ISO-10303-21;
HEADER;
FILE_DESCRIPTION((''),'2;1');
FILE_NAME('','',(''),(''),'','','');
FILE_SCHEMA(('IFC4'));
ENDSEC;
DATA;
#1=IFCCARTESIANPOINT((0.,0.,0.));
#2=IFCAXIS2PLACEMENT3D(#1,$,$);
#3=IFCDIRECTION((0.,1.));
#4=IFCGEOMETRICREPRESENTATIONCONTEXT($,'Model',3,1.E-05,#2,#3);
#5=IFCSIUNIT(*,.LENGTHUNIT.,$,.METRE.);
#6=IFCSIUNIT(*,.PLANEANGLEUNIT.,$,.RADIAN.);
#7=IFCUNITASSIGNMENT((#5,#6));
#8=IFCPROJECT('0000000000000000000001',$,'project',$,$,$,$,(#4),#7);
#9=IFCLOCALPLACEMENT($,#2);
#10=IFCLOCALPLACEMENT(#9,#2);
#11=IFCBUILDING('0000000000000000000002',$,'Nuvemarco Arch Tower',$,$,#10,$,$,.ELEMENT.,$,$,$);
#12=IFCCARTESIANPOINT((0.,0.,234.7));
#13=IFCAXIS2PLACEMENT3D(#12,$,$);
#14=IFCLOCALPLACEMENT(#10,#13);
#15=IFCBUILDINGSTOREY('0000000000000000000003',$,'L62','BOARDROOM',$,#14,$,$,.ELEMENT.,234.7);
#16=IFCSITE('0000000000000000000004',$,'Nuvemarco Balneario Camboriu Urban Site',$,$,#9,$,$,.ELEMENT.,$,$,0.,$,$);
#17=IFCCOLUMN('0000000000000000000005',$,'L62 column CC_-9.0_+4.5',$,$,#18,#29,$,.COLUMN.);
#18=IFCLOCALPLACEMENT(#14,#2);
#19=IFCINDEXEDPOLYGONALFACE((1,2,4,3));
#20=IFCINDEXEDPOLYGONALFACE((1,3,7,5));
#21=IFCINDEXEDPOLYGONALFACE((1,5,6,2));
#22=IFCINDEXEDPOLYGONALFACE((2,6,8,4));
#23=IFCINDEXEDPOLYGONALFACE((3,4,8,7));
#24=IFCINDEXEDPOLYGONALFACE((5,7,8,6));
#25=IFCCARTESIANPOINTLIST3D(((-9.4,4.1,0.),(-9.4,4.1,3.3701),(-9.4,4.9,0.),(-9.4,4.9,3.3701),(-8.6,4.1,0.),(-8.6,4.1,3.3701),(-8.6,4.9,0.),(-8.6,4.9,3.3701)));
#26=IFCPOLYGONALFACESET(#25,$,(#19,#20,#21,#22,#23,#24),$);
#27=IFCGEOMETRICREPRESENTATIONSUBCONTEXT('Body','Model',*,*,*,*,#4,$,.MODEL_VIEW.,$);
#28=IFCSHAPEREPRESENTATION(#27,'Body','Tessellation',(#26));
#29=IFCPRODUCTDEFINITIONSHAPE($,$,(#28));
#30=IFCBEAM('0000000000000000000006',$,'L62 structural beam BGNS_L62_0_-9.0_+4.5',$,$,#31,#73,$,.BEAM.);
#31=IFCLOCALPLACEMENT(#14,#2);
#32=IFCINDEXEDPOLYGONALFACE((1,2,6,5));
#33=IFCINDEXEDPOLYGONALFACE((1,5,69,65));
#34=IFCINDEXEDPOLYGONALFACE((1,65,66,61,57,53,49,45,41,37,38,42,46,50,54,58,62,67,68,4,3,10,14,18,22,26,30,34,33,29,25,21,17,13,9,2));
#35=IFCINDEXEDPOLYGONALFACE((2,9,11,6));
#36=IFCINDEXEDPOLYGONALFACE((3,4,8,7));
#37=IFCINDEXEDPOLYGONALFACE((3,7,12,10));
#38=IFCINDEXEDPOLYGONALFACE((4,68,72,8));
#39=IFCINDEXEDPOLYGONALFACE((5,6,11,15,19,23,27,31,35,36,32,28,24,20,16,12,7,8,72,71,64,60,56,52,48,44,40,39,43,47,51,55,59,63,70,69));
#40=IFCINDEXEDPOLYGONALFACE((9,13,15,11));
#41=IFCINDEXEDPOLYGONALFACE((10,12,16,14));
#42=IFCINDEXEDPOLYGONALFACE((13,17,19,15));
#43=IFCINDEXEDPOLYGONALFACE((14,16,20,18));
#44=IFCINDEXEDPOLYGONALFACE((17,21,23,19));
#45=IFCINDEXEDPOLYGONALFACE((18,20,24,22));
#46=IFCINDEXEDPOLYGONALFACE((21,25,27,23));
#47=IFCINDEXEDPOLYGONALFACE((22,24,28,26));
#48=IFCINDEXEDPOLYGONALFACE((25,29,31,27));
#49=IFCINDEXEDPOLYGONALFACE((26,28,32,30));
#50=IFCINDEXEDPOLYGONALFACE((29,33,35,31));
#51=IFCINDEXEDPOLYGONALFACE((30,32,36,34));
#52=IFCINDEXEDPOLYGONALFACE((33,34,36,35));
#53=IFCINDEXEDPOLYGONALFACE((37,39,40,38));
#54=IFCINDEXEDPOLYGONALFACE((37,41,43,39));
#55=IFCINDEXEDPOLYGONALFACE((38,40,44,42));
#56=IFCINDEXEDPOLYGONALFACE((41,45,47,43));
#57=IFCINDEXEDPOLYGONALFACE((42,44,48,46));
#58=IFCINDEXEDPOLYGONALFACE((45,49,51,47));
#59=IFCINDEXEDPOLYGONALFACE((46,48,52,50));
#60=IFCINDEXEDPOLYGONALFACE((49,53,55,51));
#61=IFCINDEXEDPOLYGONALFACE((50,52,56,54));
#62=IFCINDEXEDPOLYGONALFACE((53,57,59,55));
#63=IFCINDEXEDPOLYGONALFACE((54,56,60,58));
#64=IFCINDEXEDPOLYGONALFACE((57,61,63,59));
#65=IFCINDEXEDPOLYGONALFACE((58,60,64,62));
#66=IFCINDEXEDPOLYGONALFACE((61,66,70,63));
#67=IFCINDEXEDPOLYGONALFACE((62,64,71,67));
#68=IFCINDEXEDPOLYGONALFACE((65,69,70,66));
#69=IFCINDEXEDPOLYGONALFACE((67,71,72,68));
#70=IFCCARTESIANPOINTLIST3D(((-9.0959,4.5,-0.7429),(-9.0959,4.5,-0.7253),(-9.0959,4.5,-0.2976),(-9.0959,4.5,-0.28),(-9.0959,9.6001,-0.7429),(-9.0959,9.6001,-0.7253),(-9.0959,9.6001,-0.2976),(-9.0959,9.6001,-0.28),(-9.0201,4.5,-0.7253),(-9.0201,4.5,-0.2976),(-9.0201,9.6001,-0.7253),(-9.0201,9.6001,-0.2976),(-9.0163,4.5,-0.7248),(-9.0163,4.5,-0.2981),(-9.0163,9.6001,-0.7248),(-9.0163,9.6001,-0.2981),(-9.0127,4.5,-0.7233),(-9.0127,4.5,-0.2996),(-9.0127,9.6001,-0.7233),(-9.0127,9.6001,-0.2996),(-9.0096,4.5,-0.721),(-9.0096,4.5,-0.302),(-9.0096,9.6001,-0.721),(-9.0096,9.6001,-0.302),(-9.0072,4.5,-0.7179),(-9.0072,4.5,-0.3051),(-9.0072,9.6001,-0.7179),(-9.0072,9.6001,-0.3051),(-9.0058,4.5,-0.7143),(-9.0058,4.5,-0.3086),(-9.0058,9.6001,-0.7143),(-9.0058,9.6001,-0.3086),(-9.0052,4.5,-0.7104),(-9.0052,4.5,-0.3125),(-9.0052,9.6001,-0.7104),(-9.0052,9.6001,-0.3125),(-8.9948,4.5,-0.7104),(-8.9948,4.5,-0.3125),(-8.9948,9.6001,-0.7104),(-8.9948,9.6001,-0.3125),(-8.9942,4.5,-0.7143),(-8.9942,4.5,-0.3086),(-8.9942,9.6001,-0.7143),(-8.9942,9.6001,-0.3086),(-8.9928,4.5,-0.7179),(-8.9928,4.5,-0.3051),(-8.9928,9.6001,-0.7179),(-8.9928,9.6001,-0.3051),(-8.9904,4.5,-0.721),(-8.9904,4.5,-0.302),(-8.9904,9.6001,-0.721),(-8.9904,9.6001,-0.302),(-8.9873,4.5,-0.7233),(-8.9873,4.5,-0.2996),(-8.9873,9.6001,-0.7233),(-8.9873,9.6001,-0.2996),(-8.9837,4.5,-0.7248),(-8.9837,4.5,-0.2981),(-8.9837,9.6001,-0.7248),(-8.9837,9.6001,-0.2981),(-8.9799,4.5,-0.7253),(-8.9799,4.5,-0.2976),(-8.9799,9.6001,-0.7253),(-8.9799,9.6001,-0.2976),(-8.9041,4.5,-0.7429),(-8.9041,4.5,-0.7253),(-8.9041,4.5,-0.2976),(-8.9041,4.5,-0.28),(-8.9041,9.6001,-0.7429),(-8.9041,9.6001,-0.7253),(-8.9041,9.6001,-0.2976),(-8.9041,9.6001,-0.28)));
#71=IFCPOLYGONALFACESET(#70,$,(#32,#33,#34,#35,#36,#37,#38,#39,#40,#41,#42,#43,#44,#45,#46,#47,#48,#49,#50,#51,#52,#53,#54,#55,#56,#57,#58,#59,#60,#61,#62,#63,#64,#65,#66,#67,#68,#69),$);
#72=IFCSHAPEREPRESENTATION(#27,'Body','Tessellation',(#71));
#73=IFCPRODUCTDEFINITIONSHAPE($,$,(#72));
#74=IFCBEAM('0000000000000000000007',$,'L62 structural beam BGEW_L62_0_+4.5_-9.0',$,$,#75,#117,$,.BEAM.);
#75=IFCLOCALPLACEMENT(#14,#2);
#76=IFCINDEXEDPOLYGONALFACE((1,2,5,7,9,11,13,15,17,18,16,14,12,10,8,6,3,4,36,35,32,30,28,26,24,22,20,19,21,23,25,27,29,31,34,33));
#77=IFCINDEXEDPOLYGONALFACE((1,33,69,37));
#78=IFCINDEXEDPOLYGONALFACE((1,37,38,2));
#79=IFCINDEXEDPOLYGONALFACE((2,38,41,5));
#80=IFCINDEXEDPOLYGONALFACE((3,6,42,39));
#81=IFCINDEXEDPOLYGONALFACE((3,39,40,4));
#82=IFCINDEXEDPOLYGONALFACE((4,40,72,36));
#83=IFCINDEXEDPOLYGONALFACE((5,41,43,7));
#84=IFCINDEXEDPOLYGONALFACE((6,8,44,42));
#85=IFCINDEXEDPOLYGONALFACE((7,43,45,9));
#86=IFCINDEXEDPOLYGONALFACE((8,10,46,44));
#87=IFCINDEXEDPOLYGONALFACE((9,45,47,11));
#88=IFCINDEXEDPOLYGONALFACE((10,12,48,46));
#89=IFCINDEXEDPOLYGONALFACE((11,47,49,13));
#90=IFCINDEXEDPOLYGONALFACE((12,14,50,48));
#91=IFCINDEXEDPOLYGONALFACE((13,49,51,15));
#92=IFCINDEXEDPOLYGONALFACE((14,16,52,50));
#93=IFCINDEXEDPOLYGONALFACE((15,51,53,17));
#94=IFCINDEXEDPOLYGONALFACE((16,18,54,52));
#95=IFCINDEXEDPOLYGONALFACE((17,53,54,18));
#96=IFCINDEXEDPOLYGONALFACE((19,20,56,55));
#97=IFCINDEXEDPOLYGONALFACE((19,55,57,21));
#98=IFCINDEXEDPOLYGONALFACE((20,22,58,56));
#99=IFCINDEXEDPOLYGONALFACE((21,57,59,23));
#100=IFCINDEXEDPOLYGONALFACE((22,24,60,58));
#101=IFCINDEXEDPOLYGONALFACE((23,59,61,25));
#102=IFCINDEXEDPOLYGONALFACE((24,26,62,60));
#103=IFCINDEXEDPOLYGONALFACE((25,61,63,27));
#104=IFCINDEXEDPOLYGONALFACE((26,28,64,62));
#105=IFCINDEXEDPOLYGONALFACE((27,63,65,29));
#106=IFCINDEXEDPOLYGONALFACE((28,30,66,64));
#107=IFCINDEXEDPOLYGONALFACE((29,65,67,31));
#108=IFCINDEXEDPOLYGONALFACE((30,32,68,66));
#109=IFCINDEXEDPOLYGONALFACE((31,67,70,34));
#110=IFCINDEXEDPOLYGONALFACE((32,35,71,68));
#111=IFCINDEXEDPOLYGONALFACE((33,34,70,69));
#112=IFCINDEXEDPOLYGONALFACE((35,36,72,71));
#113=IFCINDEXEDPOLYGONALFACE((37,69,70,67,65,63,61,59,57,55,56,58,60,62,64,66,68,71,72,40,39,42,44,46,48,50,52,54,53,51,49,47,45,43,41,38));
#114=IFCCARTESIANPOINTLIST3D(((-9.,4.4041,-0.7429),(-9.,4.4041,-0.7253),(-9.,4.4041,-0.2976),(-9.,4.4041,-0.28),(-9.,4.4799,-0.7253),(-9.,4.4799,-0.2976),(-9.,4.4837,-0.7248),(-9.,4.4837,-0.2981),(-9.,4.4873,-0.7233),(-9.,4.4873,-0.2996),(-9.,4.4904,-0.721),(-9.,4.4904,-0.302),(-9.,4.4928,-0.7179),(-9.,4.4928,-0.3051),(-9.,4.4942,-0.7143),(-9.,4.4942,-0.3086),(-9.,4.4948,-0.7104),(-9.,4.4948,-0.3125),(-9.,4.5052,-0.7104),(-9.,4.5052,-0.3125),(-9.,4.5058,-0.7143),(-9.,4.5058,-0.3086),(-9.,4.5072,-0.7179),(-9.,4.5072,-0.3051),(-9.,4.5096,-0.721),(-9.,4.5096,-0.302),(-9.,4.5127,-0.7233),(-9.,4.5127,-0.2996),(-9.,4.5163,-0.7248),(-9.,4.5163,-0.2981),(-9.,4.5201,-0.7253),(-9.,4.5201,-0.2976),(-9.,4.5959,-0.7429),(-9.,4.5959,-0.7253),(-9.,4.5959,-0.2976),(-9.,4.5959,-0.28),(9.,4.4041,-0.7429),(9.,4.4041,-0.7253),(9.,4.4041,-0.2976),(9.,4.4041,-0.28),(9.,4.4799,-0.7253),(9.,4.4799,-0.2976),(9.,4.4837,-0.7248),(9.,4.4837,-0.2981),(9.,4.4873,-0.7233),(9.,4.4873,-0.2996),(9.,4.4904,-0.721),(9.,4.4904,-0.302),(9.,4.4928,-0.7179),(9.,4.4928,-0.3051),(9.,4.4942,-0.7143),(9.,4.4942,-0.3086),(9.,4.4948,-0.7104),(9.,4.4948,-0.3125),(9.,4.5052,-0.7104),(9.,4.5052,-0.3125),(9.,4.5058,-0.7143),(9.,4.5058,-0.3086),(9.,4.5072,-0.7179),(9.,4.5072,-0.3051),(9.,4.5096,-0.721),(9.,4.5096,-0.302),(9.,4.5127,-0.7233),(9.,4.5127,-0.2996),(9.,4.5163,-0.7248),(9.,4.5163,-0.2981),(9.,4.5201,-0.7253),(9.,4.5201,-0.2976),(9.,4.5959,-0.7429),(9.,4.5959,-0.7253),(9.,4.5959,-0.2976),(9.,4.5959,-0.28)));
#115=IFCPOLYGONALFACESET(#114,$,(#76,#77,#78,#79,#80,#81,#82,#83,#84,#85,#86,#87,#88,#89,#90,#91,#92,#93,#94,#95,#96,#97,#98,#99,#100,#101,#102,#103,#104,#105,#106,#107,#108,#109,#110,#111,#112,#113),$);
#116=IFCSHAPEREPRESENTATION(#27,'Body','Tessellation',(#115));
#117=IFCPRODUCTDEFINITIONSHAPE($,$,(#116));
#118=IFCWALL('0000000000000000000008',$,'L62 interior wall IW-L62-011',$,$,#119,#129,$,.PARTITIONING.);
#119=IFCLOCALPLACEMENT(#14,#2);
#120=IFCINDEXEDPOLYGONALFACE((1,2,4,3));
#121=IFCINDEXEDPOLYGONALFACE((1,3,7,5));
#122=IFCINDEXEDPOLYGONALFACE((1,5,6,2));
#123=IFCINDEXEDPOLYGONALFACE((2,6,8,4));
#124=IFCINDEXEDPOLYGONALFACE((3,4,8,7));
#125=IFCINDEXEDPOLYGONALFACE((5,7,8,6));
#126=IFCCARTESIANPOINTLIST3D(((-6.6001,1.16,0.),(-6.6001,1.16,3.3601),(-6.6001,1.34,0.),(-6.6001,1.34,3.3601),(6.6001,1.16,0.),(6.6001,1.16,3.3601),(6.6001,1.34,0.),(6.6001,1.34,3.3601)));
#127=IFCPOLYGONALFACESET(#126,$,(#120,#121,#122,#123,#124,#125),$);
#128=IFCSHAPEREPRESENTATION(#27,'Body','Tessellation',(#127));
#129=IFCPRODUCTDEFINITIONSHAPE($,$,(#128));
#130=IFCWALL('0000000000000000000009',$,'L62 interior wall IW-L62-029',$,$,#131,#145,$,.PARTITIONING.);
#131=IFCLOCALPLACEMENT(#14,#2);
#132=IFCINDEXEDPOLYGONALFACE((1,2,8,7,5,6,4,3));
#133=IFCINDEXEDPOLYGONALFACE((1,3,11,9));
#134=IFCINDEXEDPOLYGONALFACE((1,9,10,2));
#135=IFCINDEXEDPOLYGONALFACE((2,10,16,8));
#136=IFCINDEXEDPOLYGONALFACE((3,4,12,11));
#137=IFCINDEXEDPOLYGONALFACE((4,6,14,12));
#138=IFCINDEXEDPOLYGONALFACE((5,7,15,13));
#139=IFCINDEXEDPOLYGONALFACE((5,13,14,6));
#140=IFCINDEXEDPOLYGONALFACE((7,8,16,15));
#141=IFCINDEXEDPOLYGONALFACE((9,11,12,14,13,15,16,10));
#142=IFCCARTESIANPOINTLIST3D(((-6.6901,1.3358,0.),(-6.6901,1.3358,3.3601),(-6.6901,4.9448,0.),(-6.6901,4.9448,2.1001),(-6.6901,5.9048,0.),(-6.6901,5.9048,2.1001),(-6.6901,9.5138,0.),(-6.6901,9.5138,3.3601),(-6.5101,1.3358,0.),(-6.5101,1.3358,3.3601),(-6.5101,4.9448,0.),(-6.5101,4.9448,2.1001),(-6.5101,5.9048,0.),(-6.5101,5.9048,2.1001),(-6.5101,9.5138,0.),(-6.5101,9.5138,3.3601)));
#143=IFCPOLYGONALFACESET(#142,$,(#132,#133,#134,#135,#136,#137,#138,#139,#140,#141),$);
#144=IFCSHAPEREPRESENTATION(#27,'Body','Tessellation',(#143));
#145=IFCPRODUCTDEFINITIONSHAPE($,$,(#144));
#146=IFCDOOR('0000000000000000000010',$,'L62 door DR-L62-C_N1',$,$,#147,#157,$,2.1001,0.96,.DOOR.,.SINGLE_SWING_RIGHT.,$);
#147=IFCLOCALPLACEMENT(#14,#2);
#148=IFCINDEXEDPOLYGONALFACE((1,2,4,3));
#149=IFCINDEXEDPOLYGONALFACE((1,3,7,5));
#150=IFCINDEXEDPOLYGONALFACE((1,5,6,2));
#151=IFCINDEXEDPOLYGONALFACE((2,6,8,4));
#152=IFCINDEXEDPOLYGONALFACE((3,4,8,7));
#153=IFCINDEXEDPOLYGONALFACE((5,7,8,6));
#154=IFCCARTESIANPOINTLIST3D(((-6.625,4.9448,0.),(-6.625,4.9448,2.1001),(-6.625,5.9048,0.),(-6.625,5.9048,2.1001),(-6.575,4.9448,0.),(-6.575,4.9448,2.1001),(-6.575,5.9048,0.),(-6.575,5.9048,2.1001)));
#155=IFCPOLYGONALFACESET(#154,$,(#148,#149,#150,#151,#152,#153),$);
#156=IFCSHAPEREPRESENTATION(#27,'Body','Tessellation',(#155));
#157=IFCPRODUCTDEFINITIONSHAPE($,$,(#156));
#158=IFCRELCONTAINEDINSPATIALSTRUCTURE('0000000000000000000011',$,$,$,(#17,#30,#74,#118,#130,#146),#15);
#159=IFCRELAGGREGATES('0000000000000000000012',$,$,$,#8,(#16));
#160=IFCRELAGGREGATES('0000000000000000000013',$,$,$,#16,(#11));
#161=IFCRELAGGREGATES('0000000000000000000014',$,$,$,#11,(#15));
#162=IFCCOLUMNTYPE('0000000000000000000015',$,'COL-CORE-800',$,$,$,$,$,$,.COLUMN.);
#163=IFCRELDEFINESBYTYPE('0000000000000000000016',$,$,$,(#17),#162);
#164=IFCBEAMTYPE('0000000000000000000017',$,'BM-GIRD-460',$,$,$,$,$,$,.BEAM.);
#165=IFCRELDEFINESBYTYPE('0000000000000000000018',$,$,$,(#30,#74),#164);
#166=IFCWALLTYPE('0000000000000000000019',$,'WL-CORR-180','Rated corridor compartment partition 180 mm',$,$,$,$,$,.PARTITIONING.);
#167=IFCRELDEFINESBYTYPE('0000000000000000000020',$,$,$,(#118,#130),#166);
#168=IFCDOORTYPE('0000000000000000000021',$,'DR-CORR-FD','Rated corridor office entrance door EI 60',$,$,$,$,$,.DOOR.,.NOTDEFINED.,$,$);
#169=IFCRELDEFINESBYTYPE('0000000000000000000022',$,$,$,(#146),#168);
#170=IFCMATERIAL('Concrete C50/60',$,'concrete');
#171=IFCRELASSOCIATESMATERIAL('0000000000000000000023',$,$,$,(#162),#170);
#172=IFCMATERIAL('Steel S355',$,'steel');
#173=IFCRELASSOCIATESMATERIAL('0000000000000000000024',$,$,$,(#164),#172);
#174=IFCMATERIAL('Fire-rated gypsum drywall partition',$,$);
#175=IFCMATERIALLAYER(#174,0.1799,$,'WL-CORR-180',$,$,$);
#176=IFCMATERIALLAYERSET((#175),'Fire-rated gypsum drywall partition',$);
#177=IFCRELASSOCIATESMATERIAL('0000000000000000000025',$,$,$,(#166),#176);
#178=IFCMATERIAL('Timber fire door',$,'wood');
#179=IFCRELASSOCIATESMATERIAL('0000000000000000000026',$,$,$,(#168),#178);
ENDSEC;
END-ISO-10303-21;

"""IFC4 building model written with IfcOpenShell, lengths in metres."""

from ifc_helpers import new_model, si_unit, direction, frame, frame_2d, origin, origin_2d, place, context, subcontext, project, spatial, rectangle, i_section, extrude, source, transform, mapped, material, layer, layer_set, material_profile, profile_set, type_object, type_shapes, element, fill, save


model = new_model("IFC4")

# Units and contexts
model_context = context("Model", 3, precision=1e-05, world=origin(), true_north=direction((0.0, 1.0)))
body_context = subcontext(model_context, "Body", "Model", "MODEL_VIEW")
ifc_project = project(units=[si_unit("LENGTHUNIT", "METRE"), si_unit("PLANEANGLEUNIT", "RADIAN")], contexts=[model_context])

# Site, building, storey
site_placement = place(None, origin())
site = spatial("IfcSite", under=ifc_project, at=site_placement, Name="Nuvemarco Balneario Camboriu Urban Site", CompositionType="ELEMENT", RefElevation=0.0)
building_placement = place(site_placement, origin())
building = spatial("IfcBuilding", under=site, at=building_placement, Name="Nuvemarco Arch Tower", CompositionType="ELEMENT")
storey_placement = place(building_placement, frame((0.0, 0.0, 234.7)))
storey = spatial("IfcBuildingStorey", under=building, at=storey_placement, Name="L62", Description="BOARDROOM", CompositionType="ELEMENT", Elevation=234.7)

# Column
ifc_material_1 = material(Name="Concrete C50/60", Category="concrete")
ifc_material_profile_1 = material_profile(ifc_material_1, rectangle(XDim=0.8, YDim=0.8, at=origin_2d()), Name="RC-COL-800x800")
ifc_profile_set_1 = profile_set([ifc_material_profile_1], Name="Concrete C50/60")
column_type = type_object("IfcColumnType", Name="COL-CORE-800", PredefinedType="COLUMN", material=ifc_profile_set_1)
column_placement = place(storey_placement, frame((-9.0, 4.5, 0.0), z_axis=(0.0, 0.0, 1.0), x_axis=(1.0, 0.0, 0.0)))
element("IfcColumn", 1, at=column_placement, inside=storey, type_object=column_type, Name="L62 column CC_-9.0_+4.5", PredefinedType="COLUMN", context=body_context, shape_type="SweptSolid", body=[
    extrude(rectangle(XDim=0.8, YDim=0.8, at=origin_2d()), origin(), (0.0, 0.0, 1.0), 3.3701),
])

# Beams
ifc_material_2 = material(Name="Steel S355", Category="steel")
ifc_material_profile_2 = material_profile(ifc_material_2, i_section(OverallWidth=0.1919, OverallDepth=0.4629, WebThickness=0.0105, FlangeThickness=0.0176, FilletRadius=0.0149, at=origin_2d()), Name="W460x89")
ifc_profile_set_2 = profile_set([ifc_material_profile_2], Name="Steel S355")
beam_type = type_object("IfcBeamType", Name="BM-GIRD-460", PredefinedType="BEAM", material=ifc_profile_set_2)
beam_1_placement = place(storey_placement, frame((-9.0, 4.5, -0.5115), z_axis=(0.0, 1.0, 0.0), x_axis=(-1.0, 0.0, 0.0)))
element("IfcBeam", 2, at=beam_1_placement, inside=storey, type_object=beam_type, Name="L62 structural beam BGNS_L62_0_-9.0_+4.5", PredefinedType="BEAM", context=body_context, shape_type="SweptSolid", body=[
    extrude(i_section(OverallWidth=0.1919, OverallDepth=0.4629, WebThickness=0.0105, FlangeThickness=0.0176, FilletRadius=0.0149, at=origin_2d()), origin(), (0.0, 0.0, 1.0), 5.1001),
])
beam_2_placement = place(storey_placement, frame((-9.0, 4.5, -0.5115), z_axis=(1.0, 0.0, 0.0), x_axis=(0.0, 1.0, 0.0)))
element("IfcBeam", 3, at=beam_2_placement, inside=storey, type_object=beam_type, Name="L62 structural beam BGEW_L62_0_+4.5_-9.0", PredefinedType="BEAM", context=body_context, shape_type="SweptSolid", body=[
    extrude(i_section(OverallWidth=0.1919, OverallDepth=0.4629, WebThickness=0.0105, FlangeThickness=0.0176, FilletRadius=0.0149, at=origin_2d()), origin(), (0.0, 0.0, 1.0), 18.0),
])

# Wall
ifc_material_3 = material(Name="Fire-rated gypsum drywall partition")
ifc_layer_1 = layer(ifc_material_3, 0.1799, Name="WL-CORR-180")
ifc_layer_set_1 = layer_set([ifc_layer_1], Name="Fire-rated gypsum drywall partition")
wall_type_1 = type_object("IfcWallType", Name="WL-CORR-180", Description="Rated corridor compartment partition 180 mm", PredefinedType="PARTITIONING", material=ifc_layer_set_1)
wall_1_placement = place(storey_placement, frame((-6.6001, 1.25, 0.0), z_axis=(0.0, 0.0, 1.0), x_axis=(1.0, 0.0, 0.0)))
element("IfcWall", 4, at=wall_1_placement, inside=storey, type_object=wall_type_1, Name="L62 interior wall IW-L62-011", PredefinedType="PARTITIONING", context=body_context, shape_type="SweptSolid", body=[
    extrude(rectangle(XDim=13.2002, YDim=0.1799, at=frame_2d((6.6001, 0.0))), origin(), (0.0, 0.0, 1.0), 3.3601),
])

# Wall, opening, door
wall_2_placement = place(storey_placement, frame((-6.6001, 1.3359, 0.0), z_axis=(0.0, 0.0, 1.0), x_axis=(0.0, 1.0, 0.0)))
wall_2 = element("IfcWall", 5, at=wall_2_placement, inside=storey, type_object=wall_type_1, Name="L62 interior wall IW-L62-029", PredefinedType="PARTITIONING", context=body_context, shape_type="SweptSolid", body=[
    extrude(rectangle(XDim=8.178, YDim=0.1799, at=frame_2d((4.0889, 0.0))), origin(), (0.0, 0.0, 1.0), 3.3601),
])
opening_1_placement = place(wall_2_placement, frame((3.6089, 0.0, 0.0)))
opening_1 = element("IfcOpeningElement", 6, at=opening_1_placement, cuts=wall_2, PredefinedType="OPENING", context=body_context, shape_type="SweptSolid", body=[
    extrude(rectangle(XDim=0.96, YDim=2.1001, at=frame_2d((0.48, 1.05))), frame((0.0, 0.0999, 0.0), z_axis=(0.0, -1.0, 0.0), x_axis=(1.0, 0.0, 0.0)), (0.0, 0.0, 1.0), 0.2),
])
ifc_material_4 = material(Name="Timber fire door", Category="wood")
door_type_1 = type_object("IfcDoorType", Name="DR-CORR-FD", Description="Rated corridor office entrance door EI 60", OperationType="NOTDEFINED", PredefinedType="DOOR", material=ifc_material_4)
shared_shape_1 = source(origin(), body_context, "Body", "SweptSolid", [
    extrude(rectangle(XDim=0.96, YDim=2.1001, at=frame_2d((0.48, 1.05))), frame((0.0, 0.0249, 0.0), z_axis=(0.0, -1.0, 0.0), x_axis=(1.0, 0.0, 0.0)), (0.0, 0.0, 1.0), 0.05),
])
type_shapes(door_type_1, [shared_shape_1])
door_1_placement = place(opening_1_placement, origin())
door_1 = element("IfcDoor", 7, at=door_1_placement, inside=storey, type_object=door_type_1, Name="L62 door DR-L62-C_N1", OperationType="SINGLE_SWING_RIGHT", OverallHeight=2.1001, OverallWidth=0.96, PredefinedType="DOOR", context=body_context, shape_type="MappedRepresentation", body=[
    mapped(shared_shape_1, transform((0.0, 0.0, 0.0), scale=1.0)),
])
fill(opening_1, door_1)

save(model, "model.ifc")
